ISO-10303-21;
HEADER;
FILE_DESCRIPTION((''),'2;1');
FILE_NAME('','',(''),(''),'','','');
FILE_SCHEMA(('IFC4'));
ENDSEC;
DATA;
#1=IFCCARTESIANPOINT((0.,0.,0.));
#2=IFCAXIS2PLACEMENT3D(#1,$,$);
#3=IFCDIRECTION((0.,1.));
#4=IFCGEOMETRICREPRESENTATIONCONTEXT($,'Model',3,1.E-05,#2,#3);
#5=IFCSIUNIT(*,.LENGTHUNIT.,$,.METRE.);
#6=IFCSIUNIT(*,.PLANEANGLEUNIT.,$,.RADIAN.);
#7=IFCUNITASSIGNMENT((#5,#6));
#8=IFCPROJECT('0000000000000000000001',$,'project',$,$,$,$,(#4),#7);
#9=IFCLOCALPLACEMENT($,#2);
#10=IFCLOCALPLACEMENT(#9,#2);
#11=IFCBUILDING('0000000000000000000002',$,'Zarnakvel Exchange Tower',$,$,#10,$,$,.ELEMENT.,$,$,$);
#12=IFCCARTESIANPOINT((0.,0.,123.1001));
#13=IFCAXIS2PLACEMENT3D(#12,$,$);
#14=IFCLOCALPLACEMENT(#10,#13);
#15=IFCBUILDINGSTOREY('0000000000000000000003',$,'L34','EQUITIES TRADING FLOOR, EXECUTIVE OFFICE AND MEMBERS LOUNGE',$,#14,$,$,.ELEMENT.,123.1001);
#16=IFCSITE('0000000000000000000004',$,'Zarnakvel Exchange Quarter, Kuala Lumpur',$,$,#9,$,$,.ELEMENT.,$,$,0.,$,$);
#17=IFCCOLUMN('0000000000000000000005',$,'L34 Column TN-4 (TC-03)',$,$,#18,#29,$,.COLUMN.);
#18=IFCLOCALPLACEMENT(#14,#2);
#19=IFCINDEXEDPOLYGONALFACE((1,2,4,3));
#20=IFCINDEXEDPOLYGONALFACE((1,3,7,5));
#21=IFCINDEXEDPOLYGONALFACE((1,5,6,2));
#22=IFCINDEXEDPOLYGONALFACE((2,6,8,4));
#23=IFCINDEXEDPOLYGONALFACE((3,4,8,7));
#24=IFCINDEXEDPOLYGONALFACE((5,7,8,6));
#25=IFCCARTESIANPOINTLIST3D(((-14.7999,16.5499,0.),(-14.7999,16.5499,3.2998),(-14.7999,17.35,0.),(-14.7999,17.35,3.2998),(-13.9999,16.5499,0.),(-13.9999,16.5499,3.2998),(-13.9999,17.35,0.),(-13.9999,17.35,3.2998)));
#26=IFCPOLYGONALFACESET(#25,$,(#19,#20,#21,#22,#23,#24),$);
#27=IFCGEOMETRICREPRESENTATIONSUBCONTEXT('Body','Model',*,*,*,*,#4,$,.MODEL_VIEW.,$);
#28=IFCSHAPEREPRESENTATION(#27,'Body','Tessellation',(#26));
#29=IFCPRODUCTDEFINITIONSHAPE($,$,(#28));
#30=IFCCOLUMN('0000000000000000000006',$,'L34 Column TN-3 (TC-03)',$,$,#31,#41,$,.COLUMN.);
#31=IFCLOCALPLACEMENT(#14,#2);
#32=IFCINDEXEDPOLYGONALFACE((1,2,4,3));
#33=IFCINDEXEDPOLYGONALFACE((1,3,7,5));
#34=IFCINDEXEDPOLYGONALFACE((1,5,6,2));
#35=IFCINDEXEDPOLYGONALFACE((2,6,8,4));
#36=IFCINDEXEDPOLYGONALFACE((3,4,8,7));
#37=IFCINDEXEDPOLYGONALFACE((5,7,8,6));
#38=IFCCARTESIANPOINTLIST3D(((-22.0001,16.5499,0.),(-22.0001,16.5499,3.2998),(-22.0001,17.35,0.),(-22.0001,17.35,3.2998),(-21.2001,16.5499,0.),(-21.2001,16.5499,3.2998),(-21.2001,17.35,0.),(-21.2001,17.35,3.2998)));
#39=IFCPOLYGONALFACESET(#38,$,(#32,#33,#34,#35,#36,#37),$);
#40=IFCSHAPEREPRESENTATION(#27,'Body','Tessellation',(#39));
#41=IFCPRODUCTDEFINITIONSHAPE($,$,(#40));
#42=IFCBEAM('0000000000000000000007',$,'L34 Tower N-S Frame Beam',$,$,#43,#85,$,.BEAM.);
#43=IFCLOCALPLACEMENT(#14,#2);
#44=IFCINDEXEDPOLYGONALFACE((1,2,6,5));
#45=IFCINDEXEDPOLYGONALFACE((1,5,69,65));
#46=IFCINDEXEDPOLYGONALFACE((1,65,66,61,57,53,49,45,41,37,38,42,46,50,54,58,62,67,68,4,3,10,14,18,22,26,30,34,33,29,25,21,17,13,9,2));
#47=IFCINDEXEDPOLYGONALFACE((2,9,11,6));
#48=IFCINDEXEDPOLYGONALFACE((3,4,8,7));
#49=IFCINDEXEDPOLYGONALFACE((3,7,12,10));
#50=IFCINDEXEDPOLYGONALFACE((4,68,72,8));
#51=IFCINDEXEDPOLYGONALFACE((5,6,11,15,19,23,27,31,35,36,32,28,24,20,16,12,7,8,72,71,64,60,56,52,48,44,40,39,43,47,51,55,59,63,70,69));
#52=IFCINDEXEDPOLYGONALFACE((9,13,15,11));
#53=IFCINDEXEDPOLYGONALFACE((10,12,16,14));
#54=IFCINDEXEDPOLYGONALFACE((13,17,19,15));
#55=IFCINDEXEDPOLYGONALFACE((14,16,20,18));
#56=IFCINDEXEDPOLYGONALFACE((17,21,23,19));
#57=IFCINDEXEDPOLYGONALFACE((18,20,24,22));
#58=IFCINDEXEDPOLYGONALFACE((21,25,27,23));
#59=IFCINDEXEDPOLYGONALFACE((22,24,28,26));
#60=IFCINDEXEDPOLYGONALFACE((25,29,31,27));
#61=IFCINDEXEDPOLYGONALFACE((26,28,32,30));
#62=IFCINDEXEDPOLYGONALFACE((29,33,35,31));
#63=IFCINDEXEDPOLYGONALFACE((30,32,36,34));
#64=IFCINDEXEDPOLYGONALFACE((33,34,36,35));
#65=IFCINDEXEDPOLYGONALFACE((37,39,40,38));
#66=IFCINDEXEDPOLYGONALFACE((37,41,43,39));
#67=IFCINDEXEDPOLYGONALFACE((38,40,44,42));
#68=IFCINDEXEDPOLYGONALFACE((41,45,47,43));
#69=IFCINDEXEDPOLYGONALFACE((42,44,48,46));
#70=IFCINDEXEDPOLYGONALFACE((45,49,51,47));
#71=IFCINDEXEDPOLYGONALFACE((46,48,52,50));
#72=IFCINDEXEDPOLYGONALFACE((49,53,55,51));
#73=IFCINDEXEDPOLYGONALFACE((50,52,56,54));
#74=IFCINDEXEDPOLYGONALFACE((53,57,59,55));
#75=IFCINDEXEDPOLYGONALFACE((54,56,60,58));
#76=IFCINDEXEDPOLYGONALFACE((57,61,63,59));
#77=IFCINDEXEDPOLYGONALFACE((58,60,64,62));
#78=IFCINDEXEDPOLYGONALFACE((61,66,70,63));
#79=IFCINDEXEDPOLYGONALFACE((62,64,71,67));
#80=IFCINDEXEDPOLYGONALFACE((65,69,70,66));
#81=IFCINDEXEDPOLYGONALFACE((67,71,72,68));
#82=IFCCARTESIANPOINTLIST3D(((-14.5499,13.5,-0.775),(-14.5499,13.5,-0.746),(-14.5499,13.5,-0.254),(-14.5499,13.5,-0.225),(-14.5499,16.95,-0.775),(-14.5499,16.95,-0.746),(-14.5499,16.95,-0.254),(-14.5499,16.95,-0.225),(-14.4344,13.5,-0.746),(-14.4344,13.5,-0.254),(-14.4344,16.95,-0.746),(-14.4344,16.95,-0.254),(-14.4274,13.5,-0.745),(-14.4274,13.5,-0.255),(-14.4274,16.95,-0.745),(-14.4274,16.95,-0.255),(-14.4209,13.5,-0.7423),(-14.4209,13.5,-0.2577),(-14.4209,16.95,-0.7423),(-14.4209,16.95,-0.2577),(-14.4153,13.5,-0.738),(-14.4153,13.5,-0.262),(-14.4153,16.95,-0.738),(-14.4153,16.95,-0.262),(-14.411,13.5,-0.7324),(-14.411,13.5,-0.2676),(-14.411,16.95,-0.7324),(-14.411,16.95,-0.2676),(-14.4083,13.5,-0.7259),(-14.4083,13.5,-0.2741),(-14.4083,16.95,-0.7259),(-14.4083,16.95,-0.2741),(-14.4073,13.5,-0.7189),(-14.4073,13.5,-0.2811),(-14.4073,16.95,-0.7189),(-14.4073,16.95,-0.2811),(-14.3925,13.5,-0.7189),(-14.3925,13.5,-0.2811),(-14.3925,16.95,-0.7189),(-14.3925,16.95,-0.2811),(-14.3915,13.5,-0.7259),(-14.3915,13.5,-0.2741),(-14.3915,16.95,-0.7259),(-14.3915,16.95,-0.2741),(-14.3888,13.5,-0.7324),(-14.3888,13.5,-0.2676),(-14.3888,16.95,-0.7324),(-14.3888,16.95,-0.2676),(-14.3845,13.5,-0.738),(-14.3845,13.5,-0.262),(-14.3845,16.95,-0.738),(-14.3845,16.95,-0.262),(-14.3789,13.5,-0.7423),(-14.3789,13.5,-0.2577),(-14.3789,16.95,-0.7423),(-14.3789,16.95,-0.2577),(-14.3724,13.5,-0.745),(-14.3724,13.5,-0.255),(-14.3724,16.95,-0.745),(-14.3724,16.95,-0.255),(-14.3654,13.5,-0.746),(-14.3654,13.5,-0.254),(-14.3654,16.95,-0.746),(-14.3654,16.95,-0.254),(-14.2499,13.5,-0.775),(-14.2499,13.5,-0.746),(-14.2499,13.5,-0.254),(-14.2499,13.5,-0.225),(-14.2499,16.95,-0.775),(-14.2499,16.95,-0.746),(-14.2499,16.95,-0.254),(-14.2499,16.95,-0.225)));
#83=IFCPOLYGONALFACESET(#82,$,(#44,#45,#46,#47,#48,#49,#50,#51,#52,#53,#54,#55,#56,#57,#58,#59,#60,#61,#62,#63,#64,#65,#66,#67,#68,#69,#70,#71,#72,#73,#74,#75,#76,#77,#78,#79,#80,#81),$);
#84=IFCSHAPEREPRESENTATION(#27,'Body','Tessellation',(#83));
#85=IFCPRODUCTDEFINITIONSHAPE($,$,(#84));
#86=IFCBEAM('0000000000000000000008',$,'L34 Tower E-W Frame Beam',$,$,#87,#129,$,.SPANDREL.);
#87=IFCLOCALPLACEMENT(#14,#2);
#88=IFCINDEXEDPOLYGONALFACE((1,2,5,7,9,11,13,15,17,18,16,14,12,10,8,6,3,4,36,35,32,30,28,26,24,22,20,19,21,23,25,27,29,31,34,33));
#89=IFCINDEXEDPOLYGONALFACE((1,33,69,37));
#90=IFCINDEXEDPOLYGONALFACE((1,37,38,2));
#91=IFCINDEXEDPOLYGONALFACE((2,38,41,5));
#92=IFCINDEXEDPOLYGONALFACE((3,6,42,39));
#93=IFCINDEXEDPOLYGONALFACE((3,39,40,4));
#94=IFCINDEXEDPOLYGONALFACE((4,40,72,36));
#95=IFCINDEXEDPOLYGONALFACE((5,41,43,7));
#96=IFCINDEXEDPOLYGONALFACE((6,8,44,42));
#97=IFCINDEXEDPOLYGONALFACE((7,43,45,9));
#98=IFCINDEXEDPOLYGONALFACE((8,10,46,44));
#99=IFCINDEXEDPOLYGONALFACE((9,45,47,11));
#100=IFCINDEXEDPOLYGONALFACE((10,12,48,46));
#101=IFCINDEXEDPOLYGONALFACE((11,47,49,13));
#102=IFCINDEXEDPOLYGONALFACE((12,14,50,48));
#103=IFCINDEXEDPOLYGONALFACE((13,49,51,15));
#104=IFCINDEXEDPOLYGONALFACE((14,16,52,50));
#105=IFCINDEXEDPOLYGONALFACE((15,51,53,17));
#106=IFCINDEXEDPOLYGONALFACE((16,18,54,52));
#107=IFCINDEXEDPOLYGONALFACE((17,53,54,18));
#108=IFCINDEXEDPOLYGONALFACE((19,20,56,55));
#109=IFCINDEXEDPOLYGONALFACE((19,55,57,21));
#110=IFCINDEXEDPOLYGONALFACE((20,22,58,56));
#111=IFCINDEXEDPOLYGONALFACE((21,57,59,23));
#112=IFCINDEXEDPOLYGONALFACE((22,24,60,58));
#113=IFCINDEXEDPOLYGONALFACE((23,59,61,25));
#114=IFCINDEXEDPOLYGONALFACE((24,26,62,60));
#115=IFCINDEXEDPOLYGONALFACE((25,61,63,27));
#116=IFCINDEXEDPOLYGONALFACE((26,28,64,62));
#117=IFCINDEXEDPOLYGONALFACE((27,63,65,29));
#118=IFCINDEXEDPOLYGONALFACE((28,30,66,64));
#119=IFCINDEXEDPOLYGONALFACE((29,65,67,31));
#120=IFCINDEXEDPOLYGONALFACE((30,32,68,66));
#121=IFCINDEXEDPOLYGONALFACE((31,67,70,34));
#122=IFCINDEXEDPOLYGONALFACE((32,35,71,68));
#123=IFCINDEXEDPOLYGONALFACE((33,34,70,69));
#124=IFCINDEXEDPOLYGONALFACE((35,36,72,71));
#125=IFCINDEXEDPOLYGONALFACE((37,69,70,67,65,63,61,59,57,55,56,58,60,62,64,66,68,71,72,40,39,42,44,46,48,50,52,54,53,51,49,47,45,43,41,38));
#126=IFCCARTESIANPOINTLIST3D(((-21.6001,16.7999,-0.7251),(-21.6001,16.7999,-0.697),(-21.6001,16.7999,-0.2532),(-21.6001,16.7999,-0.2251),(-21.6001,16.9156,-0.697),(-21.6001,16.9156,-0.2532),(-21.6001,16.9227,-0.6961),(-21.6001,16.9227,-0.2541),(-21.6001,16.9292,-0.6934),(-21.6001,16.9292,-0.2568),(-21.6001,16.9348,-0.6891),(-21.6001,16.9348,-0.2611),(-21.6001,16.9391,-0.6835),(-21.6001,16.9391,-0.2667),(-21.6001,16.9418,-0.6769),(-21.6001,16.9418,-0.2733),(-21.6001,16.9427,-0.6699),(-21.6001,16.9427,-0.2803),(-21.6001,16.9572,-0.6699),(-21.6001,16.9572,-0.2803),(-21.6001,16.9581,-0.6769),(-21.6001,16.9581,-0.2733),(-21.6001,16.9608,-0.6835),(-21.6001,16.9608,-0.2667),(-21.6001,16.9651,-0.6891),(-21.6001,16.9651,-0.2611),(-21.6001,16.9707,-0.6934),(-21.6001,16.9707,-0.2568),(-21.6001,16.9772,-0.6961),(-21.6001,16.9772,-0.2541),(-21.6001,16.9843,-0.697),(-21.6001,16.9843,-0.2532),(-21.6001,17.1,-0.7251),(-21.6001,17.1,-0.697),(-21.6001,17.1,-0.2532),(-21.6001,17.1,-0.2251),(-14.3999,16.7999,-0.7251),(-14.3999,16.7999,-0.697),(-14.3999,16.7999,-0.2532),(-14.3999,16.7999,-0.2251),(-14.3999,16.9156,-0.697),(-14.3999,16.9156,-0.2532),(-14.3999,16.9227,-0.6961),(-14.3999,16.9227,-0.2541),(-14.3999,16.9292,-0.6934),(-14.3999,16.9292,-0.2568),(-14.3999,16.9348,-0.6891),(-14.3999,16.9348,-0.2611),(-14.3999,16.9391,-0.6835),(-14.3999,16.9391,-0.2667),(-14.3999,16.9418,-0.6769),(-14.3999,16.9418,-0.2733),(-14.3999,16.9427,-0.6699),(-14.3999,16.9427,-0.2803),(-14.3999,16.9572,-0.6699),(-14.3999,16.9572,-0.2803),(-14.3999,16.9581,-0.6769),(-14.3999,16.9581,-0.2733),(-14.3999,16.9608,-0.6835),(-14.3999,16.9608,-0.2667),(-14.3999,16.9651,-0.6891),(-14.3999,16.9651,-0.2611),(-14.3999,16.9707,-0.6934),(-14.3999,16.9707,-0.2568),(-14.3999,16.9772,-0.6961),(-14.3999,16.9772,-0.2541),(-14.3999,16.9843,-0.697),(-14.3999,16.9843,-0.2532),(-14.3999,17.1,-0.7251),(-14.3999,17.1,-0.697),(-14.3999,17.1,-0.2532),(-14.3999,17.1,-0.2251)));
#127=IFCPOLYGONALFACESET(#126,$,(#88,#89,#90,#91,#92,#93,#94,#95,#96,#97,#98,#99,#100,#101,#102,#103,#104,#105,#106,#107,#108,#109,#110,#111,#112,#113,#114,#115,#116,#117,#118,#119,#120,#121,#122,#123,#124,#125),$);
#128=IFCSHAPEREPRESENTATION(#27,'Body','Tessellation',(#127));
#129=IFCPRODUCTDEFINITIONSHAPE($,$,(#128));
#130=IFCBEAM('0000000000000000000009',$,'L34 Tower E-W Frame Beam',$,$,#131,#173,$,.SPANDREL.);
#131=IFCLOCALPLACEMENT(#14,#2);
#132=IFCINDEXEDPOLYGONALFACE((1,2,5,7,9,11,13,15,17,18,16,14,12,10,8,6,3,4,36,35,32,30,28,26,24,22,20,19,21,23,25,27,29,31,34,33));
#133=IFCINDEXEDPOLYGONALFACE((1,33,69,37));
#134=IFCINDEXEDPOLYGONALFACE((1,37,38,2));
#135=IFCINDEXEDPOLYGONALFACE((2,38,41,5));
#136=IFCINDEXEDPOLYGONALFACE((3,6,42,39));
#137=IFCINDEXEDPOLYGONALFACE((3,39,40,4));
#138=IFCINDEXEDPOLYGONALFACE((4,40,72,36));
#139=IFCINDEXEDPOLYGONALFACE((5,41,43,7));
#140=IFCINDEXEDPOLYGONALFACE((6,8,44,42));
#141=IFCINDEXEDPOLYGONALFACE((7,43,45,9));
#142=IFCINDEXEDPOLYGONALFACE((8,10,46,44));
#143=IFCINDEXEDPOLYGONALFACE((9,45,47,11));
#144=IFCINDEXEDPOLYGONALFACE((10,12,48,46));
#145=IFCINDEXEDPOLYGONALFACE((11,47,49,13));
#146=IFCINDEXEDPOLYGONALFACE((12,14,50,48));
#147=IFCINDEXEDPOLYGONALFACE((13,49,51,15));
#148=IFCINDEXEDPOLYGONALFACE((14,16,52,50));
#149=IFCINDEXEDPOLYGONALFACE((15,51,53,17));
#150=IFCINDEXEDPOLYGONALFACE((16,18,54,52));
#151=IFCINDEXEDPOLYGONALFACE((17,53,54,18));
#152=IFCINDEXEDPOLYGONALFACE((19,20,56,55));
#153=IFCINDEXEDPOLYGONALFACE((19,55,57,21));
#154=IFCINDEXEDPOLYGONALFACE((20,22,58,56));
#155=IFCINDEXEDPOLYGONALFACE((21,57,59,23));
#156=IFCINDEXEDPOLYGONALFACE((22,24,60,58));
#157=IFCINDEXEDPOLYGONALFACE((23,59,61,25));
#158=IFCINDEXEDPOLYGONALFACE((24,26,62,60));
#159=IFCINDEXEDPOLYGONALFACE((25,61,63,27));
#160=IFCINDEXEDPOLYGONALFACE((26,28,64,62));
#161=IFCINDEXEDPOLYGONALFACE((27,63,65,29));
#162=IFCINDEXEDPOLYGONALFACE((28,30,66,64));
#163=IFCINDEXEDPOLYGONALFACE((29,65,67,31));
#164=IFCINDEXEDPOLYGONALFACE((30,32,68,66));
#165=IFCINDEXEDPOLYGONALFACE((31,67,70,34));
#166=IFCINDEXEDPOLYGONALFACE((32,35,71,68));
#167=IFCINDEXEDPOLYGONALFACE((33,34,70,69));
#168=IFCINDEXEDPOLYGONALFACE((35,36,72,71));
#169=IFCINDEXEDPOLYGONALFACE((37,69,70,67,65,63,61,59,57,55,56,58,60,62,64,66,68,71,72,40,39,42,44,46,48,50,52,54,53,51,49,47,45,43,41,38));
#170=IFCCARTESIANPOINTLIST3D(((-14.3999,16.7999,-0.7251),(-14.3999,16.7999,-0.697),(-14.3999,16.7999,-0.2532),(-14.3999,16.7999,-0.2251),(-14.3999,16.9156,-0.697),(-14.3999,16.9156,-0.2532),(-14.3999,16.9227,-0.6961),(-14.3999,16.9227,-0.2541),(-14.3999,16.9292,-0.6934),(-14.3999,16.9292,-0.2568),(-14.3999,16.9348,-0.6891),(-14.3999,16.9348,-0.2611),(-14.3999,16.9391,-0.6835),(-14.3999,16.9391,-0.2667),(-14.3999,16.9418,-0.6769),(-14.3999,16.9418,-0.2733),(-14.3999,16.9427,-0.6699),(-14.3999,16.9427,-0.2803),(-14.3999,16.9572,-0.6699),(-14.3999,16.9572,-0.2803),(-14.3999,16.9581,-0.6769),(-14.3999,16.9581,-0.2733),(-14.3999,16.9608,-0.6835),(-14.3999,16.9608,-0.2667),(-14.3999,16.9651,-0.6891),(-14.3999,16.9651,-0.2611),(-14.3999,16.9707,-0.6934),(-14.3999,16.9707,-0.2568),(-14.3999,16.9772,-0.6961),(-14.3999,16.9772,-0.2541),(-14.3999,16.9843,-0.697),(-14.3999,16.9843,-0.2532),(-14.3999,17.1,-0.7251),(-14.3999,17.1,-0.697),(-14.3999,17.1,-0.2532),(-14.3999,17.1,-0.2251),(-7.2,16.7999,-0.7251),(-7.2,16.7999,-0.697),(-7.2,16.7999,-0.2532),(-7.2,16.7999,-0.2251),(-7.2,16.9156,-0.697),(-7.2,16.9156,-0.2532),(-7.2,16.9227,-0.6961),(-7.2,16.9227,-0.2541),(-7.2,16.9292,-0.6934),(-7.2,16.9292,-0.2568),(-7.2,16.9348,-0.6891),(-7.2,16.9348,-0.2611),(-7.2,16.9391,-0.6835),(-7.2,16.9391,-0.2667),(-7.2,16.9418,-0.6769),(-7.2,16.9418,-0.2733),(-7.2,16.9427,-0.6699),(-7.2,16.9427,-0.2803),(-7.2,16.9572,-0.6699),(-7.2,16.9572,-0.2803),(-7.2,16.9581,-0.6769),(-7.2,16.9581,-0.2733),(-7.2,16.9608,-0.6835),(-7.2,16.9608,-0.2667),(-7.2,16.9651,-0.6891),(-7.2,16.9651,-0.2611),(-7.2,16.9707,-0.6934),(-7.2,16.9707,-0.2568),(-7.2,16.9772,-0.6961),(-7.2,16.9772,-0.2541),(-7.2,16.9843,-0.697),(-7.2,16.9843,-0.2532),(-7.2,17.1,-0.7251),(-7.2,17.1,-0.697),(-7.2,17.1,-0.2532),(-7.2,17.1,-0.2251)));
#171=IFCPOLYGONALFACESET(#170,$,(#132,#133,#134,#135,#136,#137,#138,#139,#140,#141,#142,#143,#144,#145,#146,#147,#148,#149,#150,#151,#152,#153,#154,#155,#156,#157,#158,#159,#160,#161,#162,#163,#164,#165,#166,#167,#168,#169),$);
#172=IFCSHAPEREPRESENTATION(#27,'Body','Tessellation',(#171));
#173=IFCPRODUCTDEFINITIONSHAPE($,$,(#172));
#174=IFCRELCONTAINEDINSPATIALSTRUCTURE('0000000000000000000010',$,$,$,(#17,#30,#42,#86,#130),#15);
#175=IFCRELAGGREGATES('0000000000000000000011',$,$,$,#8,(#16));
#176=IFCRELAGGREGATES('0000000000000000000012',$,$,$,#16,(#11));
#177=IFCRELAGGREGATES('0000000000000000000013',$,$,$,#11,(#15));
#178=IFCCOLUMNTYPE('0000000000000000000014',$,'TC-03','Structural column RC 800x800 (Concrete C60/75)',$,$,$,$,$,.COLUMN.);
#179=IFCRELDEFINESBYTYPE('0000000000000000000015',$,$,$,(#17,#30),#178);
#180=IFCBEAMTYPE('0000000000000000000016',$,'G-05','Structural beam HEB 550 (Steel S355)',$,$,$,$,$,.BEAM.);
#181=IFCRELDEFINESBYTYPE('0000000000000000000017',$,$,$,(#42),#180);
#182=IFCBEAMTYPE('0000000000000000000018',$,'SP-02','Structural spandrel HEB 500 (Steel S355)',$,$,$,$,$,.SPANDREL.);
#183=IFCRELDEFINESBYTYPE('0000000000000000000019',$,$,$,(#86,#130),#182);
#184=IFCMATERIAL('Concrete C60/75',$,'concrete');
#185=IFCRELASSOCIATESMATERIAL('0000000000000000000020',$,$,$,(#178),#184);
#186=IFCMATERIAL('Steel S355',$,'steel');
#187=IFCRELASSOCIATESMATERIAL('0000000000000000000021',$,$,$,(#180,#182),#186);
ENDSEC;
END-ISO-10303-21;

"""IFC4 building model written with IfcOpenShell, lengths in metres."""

from ifc_helpers import new_model, si_unit, direction, frame, origin, origin_2d, place, context, subcontext, project, spatial, rectangle, i_section, extrude, material, material_profile, profile_set, type_object, element, save


model = new_model("IFC4")

# Units and contexts
model_context = context("Model", 3, precision=1e-05, world=origin(), true_north=direction((0.0, 1.0)))
body_context = subcontext(model_context, "Body", "Model", "MODEL_VIEW")
ifc_project = project(units=[si_unit("LENGTHUNIT", "METRE"), si_unit("PLANEANGLEUNIT", "RADIAN")], contexts=[model_context])

# Site, building, storey
site_placement = place(None, origin())
site = spatial("IfcSite", under=ifc_project, at=site_placement, Name="Zarnakvel Exchange Quarter, Kuala Lumpur", CompositionType="ELEMENT", RefElevation=0.0)
building_placement = place(site_placement, origin())
building = spatial("IfcBuilding", under=site, at=building_placement, Name="Zarnakvel Exchange Tower", CompositionType="ELEMENT")
storey_placement = place(building_placement, frame((0.0, 0.0, 123.1001)))
storey = spatial("IfcBuildingStorey", under=building, at=storey_placement, Name="L34", Description="EQUITIES TRADING FLOOR, EXECUTIVE OFFICE AND MEMBERS LOUNGE", CompositionType="ELEMENT", Elevation=123.1001)

# Columns
ifc_material_1 = material(Name="Concrete C60/75", Category="concrete")
ifc_material_profile_1 = material_profile(ifc_material_1, rectangle(XDim=0.8, YDim=0.8, at=origin_2d()))
ifc_profile_set_1 = profile_set([ifc_material_profile_1], Name="Concrete C60/75")
column_type = type_object("IfcColumnType", Name="TC-03", Description="Structural column RC 800x800 (Concrete C60/75)", PredefinedType="COLUMN", material=ifc_profile_set_1)
for number, where, z_axis, x_axis, name in (
    (1, (-14.3999, 16.95, 0.0), (0.0, 0.0, 1.0), (1.0, 0.0, 0.0), "L34 Column TN-4 (TC-03)"),
    (2, (-21.6001, 16.95, 0.0), (0.0, 0.0, 1.0), (1.0, 0.0, 0.0), "L34 Column TN-3 (TC-03)"),
):
    element("IfcColumn", number, at=place(storey_placement, frame(where, z_axis=z_axis, x_axis=x_axis)), inside=storey, type_object=column_type, Name=name, PredefinedType="COLUMN", context=body_context, shape_type="SweptSolid", body=[
        extrude(rectangle(XDim=0.8, YDim=0.8, at=origin_2d()), origin(), (0.0, 0.0, 1.0), 3.2998),
    ])

# Beams
ifc_material_2 = material(Name="Steel S355", Category="steel")
ifc_material_profile_2 = material_profile(ifc_material_2, i_section(OverallWidth=0.3, OverallDepth=0.55, WebThickness=0.0149, FlangeThickness=0.0291, FilletRadius=0.0271, at=origin_2d()))
ifc_profile_set_2 = profile_set([ifc_material_profile_2], Name="Steel S355")
beam_type_1 = type_object("IfcBeamType", Name="G-05", Description="Structural beam HEB 550 (Steel S355)", PredefinedType="BEAM", material=ifc_profile_set_2)
beam_1_placement = place(storey_placement, frame((-14.3999, 13.5, -0.5), z_axis=(0.0, 1.0, 0.0), x_axis=(-1.0, 0.0, 0.0)))
element("IfcBeam", 3, at=beam_1_placement, inside=storey, type_object=beam_type_1, Name="L34 Tower N-S Frame Beam", PredefinedType="BEAM", context=body_context, shape_type="SweptSolid", body=[
    extrude(i_section(OverallWidth=0.3, OverallDepth=0.55, WebThickness=0.0149, FlangeThickness=0.0291, FilletRadius=0.0271, at=origin_2d()), origin(), (0.0, 0.0, 1.0), 3.45),
])
ifc_material_profile_3 = material_profile(ifc_material_2, i_section(OverallWidth=0.3, OverallDepth=0.5, WebThickness=0.0144, FlangeThickness=0.0281, FilletRadius=0.0271, at=origin_2d()))
ifc_profile_set_3 = profile_set([ifc_material_profile_3], Name="Steel S355")
beam_type_2 = type_object("IfcBeamType", Name="SP-02", Description="Structural spandrel HEB 500 (Steel S355)", PredefinedType="SPANDREL", material=ifc_profile_set_3)
beam_2_placement = place(storey_placement, frame((-21.6001, 16.95, -0.4751), z_axis=(1.0, 0.0, 0.0), x_axis=(0.0, 1.0, 0.0)))
element("IfcBeam", 4, at=beam_2_placement, inside=storey, type_object=beam_type_2, Name="L34 Tower E-W Frame Beam", PredefinedType="SPANDREL", context=body_context, shape_type="SweptSolid", body=[
    extrude(i_section(OverallWidth=0.3, OverallDepth=0.5, WebThickness=0.0144, FlangeThickness=0.0281, FilletRadius=0.0271, at=origin_2d()), origin(), (0.0, 0.0, 1.0), 7.2002),
])
beam_3_placement = place(storey_placement, frame((-14.3999, 16.95, -0.4751), z_axis=(1.0, 0.0, 0.0), x_axis=(0.0, 1.0, 0.0)))
element("IfcBeam", 5, at=beam_3_placement, inside=storey, type_object=beam_type_2, Name="L34 Tower E-W Frame Beam", PredefinedType="SPANDREL", context=body_context, shape_type="SweptSolid", body=[
    extrude(i_section(OverallWidth=0.3, OverallDepth=0.5, WebThickness=0.0144, FlangeThickness=0.0281, FilletRadius=0.0271, at=origin_2d()), origin(), (0.0, 0.0, 1.0), 7.2),
])

save(model, "model.ifc")
